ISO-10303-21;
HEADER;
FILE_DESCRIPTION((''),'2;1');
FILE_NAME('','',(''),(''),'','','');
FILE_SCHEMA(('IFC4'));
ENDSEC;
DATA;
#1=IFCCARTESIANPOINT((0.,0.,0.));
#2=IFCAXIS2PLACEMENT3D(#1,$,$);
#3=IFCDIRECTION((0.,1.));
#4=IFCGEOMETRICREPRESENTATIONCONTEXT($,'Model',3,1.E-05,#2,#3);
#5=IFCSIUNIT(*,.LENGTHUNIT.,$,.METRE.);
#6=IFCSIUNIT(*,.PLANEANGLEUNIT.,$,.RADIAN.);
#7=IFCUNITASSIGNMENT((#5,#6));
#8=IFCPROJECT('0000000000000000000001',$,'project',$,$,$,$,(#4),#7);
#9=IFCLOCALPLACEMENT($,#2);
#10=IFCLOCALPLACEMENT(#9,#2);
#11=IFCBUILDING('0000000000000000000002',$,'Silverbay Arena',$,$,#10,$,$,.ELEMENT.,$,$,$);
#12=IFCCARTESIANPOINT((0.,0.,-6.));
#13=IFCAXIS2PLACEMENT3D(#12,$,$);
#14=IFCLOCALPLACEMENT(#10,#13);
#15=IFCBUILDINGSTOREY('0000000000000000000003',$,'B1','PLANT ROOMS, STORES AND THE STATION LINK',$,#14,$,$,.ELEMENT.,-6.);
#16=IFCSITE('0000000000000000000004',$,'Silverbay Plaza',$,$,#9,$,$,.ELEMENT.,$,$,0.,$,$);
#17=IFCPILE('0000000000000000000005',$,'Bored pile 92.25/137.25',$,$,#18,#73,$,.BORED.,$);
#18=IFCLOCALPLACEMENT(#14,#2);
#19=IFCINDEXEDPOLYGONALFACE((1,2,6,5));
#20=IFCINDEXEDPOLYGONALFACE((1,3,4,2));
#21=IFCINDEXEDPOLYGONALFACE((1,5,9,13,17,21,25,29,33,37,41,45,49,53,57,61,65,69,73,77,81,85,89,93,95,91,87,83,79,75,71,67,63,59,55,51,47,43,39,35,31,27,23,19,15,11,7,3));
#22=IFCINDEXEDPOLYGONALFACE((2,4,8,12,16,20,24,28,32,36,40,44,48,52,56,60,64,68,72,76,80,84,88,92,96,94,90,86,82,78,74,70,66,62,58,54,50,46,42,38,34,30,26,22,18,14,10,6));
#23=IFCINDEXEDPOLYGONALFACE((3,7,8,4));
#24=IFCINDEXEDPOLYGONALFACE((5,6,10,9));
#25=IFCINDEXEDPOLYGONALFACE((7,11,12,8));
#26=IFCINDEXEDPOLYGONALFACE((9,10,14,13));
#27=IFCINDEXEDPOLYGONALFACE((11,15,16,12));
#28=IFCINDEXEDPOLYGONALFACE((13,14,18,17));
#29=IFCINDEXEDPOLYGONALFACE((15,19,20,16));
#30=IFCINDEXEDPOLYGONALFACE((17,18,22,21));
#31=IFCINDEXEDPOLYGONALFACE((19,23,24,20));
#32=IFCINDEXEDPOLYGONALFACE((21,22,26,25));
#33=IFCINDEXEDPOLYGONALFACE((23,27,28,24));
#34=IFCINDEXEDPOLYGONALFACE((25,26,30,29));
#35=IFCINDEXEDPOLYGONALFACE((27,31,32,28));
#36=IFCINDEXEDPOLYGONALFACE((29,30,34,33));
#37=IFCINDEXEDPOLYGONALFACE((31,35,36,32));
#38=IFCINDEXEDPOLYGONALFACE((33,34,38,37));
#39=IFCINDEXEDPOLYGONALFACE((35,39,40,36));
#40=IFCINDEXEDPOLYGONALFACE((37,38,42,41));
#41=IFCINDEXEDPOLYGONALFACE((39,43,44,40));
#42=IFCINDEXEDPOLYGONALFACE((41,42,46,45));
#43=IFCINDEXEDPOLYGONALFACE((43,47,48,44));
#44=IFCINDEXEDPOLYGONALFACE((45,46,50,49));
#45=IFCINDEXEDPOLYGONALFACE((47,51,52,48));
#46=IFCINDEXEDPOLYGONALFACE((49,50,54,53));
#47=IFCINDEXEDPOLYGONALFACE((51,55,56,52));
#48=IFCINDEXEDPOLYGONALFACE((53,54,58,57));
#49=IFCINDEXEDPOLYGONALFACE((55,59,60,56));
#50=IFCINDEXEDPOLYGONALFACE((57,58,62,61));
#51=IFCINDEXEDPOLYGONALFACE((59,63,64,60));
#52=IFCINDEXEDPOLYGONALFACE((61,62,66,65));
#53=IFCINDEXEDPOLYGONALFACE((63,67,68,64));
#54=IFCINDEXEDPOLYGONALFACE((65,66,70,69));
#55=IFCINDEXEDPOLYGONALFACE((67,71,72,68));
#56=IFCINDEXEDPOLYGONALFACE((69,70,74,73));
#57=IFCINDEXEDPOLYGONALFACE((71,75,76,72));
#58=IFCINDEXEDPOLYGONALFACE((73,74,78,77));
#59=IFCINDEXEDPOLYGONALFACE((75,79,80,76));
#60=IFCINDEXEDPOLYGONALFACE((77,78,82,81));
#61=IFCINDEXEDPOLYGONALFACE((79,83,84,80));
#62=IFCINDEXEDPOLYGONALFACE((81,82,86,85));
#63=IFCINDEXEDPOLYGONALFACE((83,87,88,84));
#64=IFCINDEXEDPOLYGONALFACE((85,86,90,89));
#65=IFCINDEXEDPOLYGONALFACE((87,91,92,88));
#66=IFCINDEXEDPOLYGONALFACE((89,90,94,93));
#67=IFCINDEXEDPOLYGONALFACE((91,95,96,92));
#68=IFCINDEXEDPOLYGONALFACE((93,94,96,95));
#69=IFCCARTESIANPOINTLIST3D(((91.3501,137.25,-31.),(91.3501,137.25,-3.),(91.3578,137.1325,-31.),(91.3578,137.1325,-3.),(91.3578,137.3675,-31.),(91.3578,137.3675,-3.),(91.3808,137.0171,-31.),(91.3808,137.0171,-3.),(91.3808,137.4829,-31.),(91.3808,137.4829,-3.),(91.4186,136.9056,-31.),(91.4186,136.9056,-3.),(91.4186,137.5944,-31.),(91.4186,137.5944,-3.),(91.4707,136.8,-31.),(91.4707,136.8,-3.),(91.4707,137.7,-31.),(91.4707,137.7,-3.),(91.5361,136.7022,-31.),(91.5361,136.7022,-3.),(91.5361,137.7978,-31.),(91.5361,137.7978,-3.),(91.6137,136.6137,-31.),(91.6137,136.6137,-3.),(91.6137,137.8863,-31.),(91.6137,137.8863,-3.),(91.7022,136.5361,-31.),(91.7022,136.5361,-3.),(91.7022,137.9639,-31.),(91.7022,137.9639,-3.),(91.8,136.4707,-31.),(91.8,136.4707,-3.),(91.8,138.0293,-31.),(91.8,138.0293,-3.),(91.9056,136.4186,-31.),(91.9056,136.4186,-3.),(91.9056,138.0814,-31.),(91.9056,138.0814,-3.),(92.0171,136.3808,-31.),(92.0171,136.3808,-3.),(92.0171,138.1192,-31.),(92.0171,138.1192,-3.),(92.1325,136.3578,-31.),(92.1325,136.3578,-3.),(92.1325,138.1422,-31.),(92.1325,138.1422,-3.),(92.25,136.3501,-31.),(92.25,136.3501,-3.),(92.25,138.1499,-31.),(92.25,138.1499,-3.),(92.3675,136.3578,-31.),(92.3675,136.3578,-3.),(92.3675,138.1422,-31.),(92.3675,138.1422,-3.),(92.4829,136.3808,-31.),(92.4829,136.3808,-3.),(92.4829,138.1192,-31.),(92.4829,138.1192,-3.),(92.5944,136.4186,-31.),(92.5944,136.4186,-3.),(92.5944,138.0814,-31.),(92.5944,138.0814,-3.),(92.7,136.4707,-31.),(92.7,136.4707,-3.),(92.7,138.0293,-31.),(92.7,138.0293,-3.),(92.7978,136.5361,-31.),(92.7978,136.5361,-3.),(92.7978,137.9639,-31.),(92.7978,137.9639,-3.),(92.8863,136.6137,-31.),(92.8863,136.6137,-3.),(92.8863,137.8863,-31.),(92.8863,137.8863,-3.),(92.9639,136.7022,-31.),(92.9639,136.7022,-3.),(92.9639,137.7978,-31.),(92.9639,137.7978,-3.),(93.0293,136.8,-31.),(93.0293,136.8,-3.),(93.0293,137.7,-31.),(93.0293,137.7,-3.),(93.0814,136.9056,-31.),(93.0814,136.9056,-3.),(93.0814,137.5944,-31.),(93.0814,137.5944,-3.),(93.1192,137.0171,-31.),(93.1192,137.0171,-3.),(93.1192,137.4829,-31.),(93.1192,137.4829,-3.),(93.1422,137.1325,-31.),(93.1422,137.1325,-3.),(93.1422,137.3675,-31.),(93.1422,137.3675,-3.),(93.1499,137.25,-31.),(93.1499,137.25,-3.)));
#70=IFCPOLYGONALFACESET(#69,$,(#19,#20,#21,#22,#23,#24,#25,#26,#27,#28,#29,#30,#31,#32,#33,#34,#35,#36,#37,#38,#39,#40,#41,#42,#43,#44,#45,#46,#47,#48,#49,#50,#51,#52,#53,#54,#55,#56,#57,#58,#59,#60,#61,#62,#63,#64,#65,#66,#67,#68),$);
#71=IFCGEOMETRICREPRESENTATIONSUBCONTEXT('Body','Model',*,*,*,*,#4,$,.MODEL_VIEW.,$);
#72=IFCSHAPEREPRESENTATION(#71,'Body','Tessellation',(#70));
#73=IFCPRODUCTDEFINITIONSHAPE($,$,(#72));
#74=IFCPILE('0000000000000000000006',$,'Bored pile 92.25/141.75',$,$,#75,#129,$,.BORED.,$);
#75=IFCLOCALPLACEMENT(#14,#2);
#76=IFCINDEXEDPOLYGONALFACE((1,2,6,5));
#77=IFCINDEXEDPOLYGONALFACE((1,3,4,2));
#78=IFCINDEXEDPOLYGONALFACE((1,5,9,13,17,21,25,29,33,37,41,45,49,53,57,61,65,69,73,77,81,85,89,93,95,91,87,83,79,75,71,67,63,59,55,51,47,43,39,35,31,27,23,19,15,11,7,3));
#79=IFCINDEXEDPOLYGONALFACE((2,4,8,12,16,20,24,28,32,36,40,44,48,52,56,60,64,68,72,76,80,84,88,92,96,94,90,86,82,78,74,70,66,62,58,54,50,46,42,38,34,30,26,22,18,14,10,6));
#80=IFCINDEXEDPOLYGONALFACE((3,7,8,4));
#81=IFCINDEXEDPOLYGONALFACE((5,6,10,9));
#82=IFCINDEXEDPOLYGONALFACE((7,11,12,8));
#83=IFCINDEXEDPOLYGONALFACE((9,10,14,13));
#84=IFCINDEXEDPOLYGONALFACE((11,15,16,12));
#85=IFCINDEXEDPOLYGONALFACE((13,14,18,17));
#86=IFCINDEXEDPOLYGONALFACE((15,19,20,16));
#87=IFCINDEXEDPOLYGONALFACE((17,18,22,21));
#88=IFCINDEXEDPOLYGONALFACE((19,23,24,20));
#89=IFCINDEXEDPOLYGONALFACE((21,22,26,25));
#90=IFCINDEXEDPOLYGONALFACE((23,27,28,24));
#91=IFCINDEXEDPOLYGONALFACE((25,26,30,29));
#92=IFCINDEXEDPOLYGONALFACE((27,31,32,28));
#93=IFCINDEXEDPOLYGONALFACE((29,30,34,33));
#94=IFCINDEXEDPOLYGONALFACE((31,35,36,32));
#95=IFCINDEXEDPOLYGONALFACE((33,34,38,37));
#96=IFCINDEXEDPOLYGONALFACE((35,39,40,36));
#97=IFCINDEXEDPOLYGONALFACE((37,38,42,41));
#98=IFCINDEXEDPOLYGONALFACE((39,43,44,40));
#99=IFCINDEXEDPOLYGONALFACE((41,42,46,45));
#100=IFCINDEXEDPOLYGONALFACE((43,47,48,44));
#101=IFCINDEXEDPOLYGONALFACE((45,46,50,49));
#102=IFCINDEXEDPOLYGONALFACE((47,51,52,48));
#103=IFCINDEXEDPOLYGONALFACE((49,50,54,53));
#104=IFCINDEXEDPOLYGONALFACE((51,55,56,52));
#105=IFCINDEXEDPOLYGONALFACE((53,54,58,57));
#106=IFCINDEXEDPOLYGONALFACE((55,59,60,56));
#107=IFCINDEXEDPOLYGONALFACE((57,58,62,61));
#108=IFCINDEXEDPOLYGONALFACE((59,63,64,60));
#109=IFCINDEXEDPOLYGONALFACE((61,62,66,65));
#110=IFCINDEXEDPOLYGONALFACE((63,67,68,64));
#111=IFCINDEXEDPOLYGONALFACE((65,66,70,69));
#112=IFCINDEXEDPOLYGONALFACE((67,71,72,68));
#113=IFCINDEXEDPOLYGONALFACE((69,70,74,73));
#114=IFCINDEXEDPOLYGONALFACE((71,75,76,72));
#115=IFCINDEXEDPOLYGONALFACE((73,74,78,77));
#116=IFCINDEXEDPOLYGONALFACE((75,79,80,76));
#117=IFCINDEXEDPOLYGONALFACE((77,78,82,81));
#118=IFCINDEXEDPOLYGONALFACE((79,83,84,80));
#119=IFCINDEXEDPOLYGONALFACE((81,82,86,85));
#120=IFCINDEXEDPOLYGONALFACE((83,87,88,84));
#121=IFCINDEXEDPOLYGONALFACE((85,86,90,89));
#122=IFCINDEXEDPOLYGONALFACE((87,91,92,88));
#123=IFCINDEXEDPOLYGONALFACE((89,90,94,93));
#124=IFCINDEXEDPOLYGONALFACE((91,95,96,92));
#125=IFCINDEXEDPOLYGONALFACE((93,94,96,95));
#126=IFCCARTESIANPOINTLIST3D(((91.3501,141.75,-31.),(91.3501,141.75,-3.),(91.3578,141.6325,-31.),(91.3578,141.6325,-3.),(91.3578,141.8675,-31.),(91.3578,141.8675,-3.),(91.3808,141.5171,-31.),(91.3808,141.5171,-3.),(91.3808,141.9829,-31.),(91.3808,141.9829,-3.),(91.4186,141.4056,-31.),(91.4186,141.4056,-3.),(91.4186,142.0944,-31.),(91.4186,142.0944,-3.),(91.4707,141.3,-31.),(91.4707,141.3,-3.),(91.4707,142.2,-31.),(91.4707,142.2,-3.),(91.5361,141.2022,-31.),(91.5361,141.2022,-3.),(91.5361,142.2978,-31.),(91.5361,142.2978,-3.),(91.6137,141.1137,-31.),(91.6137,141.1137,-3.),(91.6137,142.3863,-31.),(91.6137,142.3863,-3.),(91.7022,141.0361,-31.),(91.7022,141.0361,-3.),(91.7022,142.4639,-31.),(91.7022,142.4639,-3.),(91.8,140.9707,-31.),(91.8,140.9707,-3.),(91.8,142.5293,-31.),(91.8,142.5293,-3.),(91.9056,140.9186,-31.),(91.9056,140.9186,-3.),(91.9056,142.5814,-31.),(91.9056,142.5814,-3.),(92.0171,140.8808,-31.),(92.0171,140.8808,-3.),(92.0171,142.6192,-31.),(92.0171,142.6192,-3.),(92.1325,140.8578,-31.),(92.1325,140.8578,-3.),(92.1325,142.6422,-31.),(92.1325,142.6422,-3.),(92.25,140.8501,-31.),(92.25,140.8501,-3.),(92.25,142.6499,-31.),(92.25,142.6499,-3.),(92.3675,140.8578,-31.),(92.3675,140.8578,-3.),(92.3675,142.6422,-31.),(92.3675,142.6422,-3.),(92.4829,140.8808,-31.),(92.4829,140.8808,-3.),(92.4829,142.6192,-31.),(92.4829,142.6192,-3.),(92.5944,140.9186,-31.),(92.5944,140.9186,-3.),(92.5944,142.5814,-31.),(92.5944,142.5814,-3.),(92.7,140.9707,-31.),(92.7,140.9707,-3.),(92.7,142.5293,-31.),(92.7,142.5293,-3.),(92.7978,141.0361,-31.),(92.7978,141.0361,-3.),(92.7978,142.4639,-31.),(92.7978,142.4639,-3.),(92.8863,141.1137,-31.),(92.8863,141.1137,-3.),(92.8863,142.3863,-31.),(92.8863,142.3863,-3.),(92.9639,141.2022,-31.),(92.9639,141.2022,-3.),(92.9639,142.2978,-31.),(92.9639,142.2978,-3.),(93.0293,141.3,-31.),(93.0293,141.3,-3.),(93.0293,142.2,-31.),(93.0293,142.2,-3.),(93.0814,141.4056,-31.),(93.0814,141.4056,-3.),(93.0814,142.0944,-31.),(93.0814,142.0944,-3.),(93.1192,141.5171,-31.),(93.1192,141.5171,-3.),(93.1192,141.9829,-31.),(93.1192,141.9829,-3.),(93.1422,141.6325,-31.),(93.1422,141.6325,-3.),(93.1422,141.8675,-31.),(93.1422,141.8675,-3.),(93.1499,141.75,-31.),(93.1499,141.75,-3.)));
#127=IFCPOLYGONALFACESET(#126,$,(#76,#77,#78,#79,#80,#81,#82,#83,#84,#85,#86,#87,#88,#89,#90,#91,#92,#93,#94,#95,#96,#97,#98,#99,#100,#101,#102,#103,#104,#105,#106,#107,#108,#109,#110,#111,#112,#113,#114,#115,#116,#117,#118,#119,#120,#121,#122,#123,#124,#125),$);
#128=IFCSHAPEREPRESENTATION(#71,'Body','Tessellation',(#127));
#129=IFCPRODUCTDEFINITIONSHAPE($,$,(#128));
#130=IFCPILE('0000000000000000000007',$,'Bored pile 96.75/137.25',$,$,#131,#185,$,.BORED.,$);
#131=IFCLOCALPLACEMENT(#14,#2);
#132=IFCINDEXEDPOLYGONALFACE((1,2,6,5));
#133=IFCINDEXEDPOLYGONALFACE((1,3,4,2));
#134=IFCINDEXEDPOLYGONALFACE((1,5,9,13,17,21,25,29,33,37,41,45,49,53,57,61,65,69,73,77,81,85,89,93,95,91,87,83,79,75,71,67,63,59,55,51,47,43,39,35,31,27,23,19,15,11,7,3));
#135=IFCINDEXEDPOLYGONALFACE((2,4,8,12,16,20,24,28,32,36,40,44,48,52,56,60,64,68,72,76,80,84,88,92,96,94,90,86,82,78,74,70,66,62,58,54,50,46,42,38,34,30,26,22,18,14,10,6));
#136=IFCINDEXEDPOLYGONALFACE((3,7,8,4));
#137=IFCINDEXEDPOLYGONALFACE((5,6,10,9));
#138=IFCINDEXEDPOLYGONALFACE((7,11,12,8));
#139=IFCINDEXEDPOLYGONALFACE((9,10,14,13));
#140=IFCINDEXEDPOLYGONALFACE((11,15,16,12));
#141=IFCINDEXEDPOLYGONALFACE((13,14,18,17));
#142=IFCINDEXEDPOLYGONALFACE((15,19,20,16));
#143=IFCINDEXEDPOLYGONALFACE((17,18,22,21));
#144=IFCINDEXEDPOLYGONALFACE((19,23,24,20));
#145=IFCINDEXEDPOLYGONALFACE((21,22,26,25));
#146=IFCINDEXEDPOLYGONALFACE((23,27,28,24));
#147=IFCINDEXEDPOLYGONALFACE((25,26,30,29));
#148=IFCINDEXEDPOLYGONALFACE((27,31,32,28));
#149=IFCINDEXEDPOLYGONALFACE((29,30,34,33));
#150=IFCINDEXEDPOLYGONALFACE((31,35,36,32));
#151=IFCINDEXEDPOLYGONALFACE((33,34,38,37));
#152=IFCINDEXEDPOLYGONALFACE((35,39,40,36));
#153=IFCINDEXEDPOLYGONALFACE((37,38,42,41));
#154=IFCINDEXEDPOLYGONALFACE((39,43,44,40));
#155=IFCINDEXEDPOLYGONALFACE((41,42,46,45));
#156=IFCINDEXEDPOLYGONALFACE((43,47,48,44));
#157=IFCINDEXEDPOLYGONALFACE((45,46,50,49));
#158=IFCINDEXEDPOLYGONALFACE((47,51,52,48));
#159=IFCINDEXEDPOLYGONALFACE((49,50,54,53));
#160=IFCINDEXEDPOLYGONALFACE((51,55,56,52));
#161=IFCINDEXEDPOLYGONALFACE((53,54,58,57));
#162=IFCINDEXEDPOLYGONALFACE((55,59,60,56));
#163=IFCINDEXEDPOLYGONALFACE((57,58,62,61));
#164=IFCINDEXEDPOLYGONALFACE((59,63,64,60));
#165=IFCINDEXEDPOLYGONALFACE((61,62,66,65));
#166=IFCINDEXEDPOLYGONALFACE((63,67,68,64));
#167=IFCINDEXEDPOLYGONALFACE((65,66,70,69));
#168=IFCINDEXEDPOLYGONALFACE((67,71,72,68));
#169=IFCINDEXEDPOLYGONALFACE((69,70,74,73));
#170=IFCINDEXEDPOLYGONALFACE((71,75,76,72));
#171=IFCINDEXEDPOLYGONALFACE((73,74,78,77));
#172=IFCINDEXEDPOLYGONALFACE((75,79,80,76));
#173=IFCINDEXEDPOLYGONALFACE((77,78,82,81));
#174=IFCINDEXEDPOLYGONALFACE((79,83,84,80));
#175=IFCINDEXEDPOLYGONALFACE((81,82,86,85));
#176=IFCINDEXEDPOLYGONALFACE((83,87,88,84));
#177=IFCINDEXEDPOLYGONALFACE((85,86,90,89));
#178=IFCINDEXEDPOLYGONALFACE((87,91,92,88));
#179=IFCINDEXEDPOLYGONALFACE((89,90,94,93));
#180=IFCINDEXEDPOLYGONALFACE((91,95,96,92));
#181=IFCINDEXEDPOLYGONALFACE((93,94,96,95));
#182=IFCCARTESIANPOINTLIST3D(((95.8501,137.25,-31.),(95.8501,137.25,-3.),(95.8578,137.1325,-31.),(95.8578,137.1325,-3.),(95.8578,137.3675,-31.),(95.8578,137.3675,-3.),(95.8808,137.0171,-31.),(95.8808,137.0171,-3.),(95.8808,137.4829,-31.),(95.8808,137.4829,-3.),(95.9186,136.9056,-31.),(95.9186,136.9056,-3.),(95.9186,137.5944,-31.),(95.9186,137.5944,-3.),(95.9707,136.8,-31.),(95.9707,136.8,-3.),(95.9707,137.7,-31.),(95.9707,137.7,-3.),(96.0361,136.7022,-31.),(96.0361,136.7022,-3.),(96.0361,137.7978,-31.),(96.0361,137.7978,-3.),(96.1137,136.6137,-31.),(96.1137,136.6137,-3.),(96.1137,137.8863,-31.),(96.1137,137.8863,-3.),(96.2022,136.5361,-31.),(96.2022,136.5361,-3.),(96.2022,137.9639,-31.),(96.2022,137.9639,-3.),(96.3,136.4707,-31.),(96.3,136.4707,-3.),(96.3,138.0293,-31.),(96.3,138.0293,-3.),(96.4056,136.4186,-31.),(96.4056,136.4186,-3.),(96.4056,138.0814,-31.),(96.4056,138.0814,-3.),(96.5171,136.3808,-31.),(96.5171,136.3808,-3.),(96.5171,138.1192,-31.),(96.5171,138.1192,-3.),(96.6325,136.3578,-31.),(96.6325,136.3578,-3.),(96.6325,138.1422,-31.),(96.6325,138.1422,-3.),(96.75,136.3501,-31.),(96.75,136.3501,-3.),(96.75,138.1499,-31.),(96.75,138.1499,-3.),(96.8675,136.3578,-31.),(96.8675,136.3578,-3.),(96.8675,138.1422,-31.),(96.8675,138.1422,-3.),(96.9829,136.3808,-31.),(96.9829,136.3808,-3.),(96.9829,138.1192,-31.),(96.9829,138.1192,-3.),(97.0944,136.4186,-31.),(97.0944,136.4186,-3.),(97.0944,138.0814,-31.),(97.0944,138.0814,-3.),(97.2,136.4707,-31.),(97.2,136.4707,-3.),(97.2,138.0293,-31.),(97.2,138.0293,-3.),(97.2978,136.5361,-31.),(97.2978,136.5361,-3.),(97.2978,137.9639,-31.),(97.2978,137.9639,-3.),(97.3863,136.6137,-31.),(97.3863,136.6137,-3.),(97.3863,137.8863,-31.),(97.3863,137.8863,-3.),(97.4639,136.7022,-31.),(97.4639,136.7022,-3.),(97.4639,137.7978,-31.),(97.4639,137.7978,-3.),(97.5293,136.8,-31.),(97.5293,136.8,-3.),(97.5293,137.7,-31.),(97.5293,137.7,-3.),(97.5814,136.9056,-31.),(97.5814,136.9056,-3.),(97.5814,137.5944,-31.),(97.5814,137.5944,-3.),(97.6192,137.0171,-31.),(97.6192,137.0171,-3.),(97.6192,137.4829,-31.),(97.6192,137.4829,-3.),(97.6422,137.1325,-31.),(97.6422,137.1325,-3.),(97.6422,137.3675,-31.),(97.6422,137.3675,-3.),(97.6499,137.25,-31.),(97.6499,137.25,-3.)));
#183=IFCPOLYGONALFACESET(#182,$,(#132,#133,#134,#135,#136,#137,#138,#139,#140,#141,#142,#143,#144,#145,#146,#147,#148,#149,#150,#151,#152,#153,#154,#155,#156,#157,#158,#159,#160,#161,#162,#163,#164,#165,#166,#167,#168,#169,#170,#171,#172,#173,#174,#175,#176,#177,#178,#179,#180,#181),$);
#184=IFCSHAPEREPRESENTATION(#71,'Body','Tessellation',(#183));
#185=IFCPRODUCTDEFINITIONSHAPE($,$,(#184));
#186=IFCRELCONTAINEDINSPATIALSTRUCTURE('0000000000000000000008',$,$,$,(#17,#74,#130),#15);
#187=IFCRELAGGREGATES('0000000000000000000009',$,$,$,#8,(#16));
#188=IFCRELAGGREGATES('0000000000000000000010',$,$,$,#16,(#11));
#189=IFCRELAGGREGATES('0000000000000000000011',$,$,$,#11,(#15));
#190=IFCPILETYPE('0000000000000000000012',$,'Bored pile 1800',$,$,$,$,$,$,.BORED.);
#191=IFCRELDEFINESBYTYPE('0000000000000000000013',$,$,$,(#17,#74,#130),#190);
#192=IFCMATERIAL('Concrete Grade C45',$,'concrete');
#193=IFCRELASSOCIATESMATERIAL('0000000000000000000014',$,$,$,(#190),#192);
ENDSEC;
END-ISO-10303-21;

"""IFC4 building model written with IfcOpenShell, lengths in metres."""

from ifc_helpers import new_model, si_unit, direction, frame, origin, origin_2d, place, context, subcontext, project, spatial, circle, extrude, material, material_profile, profile_set, type_object, element, save


model = new_model("IFC4")

# Units and contexts
model_context = context("Model", 3, precision=1e-05, world=origin(), true_north=direction((0.0, 1.0)))
body_context = subcontext(model_context, "Body", "Model", "MODEL_VIEW")
ifc_project = project(units=[si_unit("LENGTHUNIT", "METRE"), si_unit("PLANEANGLEUNIT", "RADIAN")], contexts=[model_context])

# Site, building, storey
site_placement = place(None, origin())
site = spatial("IfcSite", under=ifc_project, at=site_placement, Name="Silverbay Plaza", CompositionType="ELEMENT", RefElevation=0.0)
building_placement = place(site_placement, origin())
building = spatial("IfcBuilding", under=site, at=building_placement, Name="Silverbay Arena", CompositionType="ELEMENT")
storey_placement = place(building_placement, frame((0.0, 0.0, -6.0)))
storey = spatial("IfcBuildingStorey", under=building, at=storey_placement, Name="B1", Description="PLANT ROOMS, STORES AND THE STATION LINK", CompositionType="ELEMENT", Elevation=-6.0)

# Piles
ifc_material_1 = material(Name="Concrete Grade C45", Category="concrete")
ifc_material_profile = material_profile(ifc_material_1, circle(Radius=0.8999, at=origin_2d()), Name="Bored pile 1800")
ifc_profile_set = profile_set([ifc_material_profile], Name="Concrete Grade C45")
pile_type = type_object("IfcPileType", Name="Bored pile 1800", PredefinedType="BORED", material=ifc_profile_set)
for number, where, z_axis, x_axis, name in (
    (1, (92.25, 137.25, -3.0), (0.0, 0.0, -1.0), (1.0, 0.0, 0.0), "Bored pile 92.25/137.25"),
    (2, (92.25, 141.75, -3.0), (0.0, 0.0, -1.0), (1.0, 0.0, 0.0), "Bored pile 92.25/141.75"),
    (3, (96.75, 137.25, -3.0), (0.0, 0.0, -1.0), (1.0, 0.0, 0.0), "Bored pile 96.75/137.25"),
):
    element("IfcPile", number, at=place(storey_placement, frame(where, z_axis=z_axis, x_axis=x_axis)), inside=storey, type_object=pile_type, Name=name, PredefinedType="BORED", context=body_context, shape_type="SweptSolid", body=[
        extrude(circle(Radius=0.8999, at=origin_2d()), origin(), (0.0, 0.0, 1.0), 28.0),
    ])

save(model, "model.ifc")
